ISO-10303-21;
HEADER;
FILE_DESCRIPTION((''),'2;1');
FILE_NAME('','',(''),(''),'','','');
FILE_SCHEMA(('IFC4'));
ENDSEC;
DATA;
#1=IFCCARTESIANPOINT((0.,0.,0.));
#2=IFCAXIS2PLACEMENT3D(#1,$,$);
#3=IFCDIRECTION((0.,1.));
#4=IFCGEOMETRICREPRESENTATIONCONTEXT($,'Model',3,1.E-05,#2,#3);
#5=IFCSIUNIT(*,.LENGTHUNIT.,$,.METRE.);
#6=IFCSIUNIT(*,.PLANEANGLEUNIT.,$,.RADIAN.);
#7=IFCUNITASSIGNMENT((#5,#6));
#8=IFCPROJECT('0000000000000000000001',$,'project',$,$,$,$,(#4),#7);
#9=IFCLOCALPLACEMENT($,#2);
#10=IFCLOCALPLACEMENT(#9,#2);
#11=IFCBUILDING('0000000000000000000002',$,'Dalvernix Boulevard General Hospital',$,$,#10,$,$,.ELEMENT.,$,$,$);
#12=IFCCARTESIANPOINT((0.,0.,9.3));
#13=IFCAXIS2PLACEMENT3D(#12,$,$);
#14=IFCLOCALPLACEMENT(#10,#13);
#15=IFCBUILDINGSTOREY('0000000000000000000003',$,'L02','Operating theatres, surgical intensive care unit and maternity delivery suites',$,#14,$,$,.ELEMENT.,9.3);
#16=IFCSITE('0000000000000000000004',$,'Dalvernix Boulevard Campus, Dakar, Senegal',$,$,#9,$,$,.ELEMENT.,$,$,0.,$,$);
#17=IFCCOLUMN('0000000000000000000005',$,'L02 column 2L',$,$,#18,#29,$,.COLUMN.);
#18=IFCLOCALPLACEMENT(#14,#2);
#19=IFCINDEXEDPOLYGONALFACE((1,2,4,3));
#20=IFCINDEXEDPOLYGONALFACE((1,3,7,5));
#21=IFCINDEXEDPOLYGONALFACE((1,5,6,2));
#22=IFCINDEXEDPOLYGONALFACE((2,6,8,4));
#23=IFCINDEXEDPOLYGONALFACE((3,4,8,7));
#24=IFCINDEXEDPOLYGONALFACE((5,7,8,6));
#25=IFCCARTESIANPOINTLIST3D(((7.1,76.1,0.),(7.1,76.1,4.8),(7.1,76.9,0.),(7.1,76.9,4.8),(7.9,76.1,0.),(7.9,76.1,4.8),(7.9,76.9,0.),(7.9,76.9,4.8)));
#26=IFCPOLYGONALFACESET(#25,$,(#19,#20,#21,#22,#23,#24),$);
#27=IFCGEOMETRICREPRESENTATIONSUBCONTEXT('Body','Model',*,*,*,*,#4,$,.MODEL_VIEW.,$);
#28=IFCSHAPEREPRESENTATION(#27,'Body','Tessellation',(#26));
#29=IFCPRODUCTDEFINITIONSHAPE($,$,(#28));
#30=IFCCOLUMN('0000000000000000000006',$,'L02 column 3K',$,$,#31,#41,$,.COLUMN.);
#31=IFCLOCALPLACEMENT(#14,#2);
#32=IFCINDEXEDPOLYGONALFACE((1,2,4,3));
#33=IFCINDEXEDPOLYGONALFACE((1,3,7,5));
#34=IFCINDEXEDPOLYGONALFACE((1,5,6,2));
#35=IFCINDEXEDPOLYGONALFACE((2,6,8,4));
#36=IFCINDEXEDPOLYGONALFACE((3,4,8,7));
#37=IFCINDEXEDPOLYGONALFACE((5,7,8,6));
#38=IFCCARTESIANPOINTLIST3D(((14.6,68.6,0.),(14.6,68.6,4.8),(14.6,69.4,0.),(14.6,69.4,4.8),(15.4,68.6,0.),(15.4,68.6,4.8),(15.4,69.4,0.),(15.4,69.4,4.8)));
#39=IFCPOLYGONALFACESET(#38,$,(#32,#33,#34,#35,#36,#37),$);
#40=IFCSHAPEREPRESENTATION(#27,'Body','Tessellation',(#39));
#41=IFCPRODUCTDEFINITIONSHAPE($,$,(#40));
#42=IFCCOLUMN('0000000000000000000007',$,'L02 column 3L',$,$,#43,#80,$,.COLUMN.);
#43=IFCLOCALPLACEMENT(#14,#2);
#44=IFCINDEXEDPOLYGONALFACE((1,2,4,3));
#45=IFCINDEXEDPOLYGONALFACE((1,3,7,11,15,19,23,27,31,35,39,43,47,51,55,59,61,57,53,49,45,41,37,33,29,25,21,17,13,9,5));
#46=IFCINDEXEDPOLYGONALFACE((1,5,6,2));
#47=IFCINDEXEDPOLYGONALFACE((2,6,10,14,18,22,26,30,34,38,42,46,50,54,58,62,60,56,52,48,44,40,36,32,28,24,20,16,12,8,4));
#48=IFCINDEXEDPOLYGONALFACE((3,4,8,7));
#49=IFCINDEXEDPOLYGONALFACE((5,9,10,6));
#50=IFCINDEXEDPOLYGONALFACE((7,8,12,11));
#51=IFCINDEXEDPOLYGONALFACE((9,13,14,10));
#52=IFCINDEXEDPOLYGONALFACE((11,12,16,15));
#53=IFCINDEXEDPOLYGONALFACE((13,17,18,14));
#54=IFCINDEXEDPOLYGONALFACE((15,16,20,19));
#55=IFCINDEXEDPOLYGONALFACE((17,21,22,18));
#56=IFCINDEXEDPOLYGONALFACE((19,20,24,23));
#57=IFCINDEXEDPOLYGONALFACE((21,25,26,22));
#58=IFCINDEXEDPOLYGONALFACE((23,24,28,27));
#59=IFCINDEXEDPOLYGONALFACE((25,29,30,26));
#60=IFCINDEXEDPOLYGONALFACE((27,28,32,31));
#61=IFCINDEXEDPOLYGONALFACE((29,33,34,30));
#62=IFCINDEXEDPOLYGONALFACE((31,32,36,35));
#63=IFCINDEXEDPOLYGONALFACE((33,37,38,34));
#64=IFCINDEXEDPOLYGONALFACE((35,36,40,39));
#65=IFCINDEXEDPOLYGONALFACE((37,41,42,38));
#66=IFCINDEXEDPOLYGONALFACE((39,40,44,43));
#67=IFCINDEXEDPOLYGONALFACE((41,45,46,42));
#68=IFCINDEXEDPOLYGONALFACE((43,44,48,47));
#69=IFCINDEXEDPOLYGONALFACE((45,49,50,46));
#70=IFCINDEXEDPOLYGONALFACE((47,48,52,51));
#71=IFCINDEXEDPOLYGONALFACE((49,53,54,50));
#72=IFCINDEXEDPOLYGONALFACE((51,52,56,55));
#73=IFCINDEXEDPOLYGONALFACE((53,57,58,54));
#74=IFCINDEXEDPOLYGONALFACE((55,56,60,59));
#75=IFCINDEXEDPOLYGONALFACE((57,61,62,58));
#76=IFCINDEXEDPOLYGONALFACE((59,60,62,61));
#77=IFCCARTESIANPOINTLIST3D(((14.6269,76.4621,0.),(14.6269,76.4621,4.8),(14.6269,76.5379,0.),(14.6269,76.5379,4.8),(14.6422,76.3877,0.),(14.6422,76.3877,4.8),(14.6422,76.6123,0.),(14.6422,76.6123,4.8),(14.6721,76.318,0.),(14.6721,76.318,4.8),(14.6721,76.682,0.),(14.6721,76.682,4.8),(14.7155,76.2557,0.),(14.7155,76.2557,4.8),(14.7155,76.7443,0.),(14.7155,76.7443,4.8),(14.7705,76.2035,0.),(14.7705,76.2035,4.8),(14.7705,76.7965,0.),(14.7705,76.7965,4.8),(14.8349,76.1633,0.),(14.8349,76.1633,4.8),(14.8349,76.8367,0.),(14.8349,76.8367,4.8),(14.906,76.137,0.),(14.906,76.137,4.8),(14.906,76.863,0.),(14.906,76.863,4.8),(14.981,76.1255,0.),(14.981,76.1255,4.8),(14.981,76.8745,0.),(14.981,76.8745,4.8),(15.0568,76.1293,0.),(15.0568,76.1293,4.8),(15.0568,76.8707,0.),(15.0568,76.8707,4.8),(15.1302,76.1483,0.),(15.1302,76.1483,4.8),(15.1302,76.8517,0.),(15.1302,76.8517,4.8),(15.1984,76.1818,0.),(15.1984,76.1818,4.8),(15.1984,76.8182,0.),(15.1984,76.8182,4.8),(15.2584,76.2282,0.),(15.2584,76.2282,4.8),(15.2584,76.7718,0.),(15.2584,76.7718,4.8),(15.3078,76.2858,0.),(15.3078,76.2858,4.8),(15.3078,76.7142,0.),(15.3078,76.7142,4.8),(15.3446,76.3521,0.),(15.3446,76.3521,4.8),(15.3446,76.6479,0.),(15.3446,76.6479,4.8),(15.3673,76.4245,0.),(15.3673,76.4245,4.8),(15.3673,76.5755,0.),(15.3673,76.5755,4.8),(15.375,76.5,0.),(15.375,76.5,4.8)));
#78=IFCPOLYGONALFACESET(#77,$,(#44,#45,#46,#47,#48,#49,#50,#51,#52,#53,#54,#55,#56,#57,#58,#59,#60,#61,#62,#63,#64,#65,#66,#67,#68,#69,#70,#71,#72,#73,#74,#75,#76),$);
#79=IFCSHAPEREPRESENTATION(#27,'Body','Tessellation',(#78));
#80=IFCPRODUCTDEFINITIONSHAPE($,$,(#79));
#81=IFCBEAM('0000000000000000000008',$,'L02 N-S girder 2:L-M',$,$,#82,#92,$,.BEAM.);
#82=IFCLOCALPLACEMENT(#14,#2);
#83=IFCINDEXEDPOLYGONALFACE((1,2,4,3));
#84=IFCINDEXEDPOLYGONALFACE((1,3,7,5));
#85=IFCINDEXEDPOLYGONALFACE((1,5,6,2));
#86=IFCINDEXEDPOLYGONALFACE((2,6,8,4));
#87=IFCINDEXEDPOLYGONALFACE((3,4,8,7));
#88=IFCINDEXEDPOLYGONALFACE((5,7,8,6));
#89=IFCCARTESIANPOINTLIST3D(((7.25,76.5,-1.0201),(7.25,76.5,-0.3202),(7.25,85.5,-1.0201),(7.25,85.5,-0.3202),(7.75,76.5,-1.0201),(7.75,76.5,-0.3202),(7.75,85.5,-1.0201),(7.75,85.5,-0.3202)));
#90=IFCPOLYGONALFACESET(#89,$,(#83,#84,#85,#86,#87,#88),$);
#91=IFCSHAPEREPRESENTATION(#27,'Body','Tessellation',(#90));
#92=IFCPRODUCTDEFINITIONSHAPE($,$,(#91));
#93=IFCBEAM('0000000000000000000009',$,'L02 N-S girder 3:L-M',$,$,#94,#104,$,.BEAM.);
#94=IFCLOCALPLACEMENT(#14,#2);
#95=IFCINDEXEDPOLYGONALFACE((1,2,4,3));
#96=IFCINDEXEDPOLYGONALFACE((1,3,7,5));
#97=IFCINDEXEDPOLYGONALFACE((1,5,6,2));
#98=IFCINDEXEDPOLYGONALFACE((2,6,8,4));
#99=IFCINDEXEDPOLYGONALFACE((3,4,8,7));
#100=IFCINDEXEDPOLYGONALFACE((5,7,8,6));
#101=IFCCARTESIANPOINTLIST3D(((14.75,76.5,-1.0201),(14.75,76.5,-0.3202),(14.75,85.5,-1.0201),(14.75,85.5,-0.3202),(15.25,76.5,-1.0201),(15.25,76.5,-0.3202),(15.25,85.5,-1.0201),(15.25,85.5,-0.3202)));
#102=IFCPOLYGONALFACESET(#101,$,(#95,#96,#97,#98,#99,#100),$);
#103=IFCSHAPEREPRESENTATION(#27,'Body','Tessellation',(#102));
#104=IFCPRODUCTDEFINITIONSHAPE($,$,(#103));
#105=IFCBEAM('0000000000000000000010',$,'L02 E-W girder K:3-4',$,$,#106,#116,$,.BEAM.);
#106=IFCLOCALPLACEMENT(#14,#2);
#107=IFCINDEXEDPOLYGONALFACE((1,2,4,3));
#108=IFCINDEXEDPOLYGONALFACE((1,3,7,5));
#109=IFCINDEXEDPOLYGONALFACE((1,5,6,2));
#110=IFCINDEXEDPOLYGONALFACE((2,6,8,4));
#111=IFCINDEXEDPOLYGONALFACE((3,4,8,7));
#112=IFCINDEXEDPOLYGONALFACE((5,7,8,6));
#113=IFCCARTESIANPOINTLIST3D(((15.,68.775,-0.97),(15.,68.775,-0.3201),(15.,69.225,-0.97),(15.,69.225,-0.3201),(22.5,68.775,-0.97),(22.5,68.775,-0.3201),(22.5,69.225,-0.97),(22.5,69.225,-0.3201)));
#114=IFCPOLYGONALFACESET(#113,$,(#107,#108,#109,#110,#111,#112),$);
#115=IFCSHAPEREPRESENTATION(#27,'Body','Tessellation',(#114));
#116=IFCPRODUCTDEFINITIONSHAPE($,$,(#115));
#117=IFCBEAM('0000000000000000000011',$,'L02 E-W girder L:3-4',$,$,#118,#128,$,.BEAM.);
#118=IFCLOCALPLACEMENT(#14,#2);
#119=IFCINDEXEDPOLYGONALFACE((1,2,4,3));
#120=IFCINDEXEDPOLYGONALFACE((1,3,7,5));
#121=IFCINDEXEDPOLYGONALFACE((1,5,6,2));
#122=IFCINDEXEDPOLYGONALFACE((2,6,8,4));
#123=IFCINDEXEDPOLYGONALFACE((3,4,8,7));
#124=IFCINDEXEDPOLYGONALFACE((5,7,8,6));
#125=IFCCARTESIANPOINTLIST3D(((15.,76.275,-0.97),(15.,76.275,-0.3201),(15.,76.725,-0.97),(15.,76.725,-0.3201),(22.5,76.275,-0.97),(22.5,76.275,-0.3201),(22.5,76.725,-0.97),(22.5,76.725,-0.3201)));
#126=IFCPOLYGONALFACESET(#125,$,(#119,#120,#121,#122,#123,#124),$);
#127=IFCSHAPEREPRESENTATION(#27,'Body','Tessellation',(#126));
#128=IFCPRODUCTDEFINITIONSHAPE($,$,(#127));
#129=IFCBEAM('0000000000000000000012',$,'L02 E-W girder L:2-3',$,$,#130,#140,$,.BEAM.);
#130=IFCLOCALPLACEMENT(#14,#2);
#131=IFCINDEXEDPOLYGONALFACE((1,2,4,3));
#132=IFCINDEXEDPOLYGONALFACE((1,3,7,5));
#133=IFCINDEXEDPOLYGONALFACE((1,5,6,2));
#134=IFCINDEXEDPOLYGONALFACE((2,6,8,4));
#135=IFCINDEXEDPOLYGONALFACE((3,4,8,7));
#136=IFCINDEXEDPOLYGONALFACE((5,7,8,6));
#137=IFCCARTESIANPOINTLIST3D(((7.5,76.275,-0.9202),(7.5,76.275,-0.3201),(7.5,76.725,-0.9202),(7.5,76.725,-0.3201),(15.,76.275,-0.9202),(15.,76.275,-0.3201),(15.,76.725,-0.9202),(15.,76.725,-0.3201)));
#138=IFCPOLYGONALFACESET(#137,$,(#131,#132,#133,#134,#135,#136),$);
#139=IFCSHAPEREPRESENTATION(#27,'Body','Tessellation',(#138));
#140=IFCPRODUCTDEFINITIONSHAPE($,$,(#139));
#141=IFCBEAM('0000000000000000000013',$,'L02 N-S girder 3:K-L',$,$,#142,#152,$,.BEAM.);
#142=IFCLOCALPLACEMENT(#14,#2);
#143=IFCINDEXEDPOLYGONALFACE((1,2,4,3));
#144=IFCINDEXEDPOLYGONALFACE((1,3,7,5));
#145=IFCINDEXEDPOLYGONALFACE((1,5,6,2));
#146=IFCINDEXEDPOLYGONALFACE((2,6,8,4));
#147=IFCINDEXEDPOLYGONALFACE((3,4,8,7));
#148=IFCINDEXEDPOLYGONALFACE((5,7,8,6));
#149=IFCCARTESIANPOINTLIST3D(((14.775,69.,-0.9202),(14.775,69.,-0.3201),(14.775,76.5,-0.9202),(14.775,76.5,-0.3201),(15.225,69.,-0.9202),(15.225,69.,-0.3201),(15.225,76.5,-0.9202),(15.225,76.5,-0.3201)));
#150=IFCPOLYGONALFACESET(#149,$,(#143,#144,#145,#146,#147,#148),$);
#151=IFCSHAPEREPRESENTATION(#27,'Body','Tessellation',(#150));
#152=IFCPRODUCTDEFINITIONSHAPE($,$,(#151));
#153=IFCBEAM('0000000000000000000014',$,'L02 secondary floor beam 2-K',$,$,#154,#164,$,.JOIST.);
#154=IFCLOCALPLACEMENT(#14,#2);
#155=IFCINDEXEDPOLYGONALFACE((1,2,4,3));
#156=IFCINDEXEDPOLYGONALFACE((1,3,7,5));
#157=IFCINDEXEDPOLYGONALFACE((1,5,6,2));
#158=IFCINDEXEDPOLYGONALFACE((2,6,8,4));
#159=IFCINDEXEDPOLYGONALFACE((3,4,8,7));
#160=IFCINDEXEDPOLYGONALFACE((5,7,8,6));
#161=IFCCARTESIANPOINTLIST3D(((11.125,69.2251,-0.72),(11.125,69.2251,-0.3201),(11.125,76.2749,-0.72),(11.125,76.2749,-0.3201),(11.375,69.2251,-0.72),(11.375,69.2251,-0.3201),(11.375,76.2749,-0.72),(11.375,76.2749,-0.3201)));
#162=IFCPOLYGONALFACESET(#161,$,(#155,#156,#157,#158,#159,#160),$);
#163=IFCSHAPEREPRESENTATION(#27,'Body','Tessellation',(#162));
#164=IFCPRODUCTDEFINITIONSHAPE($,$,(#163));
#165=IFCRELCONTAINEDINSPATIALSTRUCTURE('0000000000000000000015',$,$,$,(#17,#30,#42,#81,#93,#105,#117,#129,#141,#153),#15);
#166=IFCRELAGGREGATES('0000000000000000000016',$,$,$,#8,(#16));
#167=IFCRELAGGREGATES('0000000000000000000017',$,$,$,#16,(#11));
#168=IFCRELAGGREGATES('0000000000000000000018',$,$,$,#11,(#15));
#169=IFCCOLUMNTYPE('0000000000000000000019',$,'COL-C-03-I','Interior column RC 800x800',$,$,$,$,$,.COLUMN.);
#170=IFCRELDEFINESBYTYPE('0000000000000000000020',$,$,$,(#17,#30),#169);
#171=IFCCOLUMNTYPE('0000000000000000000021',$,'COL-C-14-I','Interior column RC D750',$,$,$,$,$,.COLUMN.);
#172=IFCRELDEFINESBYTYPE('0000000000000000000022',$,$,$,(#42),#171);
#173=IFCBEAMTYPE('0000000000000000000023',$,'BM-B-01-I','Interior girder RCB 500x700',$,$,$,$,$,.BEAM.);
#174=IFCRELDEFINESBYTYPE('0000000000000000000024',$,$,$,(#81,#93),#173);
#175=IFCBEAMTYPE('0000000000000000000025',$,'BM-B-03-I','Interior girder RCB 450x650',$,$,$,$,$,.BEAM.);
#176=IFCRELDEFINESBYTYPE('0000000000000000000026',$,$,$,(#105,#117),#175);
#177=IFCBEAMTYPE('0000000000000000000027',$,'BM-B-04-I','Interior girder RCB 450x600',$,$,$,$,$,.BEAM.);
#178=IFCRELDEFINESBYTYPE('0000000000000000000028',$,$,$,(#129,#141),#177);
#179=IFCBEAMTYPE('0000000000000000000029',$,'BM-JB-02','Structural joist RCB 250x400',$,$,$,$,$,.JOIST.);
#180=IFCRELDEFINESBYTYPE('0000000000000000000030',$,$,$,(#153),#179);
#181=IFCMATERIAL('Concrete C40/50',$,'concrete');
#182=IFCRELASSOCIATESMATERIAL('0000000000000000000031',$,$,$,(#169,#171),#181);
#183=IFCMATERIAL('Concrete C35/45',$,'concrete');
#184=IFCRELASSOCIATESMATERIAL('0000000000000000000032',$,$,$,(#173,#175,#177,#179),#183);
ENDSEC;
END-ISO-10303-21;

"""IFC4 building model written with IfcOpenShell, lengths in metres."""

from ifc_helpers import new_model, si_unit, direction, frame, origin, origin_2d, place, context, subcontext, project, spatial, rectangle, circle, extrude, material, material_profile, profile_set, type_object, element, save


model = new_model("IFC4")

# Units and contexts
model_context = context("Model", 3, precision=1e-05, world=origin(), true_north=direction((0.0, 1.0)))
body_context = subcontext(model_context, "Body", "Model", "MODEL_VIEW")
ifc_project = project(units=[si_unit("LENGTHUNIT", "METRE"), si_unit("PLANEANGLEUNIT", "RADIAN")], contexts=[model_context])

# Site, building, storey
site_placement = place(None, origin())
site = spatial("IfcSite", under=ifc_project, at=site_placement, Name="Dalvernix Boulevard Campus, Dakar, Senegal", CompositionType="ELEMENT", RefElevation=0.0)
building_placement = place(site_placement, origin())
building = spatial("IfcBuilding", under=site, at=building_placement, Name="Dalvernix Boulevard General Hospital", CompositionType="ELEMENT")
storey_placement = place(building_placement, frame((0.0, 0.0, 9.3)))
storey = spatial("IfcBuildingStorey", under=building, at=storey_placement, Name="L02", Description="Operating theatres, surgical intensive care unit and maternity delivery suites", CompositionType="ELEMENT", Elevation=9.3)

# Columns
ifc_material_1 = material(Name="Concrete C40/50", Category="concrete")
ifc_material_profile_1 = material_profile(ifc_material_1, rectangle(XDim=0.8, YDim=0.8, at=origin_2d()), Name="RC 800x800")
ifc_profile_set_1 = profile_set([ifc_material_profile_1], Name="Concrete C40/50")
column_type_1 = type_object("IfcColumnType", Name="COL-C-03-I", Description="Interior column RC 800x800", PredefinedType="COLUMN", material=ifc_profile_set_1)
for number, where, z_axis, x_axis, name in (
    (1, (7.5, 76.5, 0.0), (0.0, 0.0, 1.0), (1.0, 0.0, 0.0), "L02 column 2L"),
    (2, (15.0, 69.0, 0.0), (0.0, 0.0, 1.0), (1.0, 0.0, 0.0), "L02 column 3K"),
):
    element("IfcColumn", number, at=place(storey_placement, frame(where, z_axis=z_axis, x_axis=x_axis)), inside=storey, type_object=column_type_1, Name=name, PredefinedType="COLUMN", context=body_context, shape_type="SweptSolid", body=[
        extrude(rectangle(XDim=0.8, YDim=0.8, at=origin_2d()), origin(), (0.0, 0.0, 1.0), 4.8),
    ])
ifc_material_profile_2 = material_profile(ifc_material_1, circle(Radius=0.375, at=origin_2d()), Name="RC D750")
ifc_profile_set_2 = profile_set([ifc_material_profile_2], Name="Concrete C40/50")
column_type_2 = type_object("IfcColumnType", Name="COL-C-14-I", Description="Interior column RC D750", PredefinedType="COLUMN", material=ifc_profile_set_2)
column_placement = place(storey_placement, frame((15.0, 76.5, 0.0), z_axis=(0.0, 0.0, 1.0), x_axis=(1.0, 0.0, 0.0)))
element("IfcColumn", 3, at=column_placement, inside=storey, type_object=column_type_2, Name="L02 column 3L", PredefinedType="COLUMN", context=body_context, shape_type="SweptSolid", body=[
    extrude(circle(Radius=0.375, at=origin_2d()), origin(), (0.0, 0.0, 1.0), 4.8),
])

# Beams
ifc_material_2 = material(Name="Concrete C35/45", Category="concrete")
ifc_material_profile_3 = material_profile(ifc_material_2, rectangle(XDim=0.5, YDim=0.7, at=origin_2d()), Name="RCB 500x700")
ifc_profile_set_3 = profile_set([ifc_material_profile_3], Name="Concrete C35/45")
beam_type_1 = type_object("IfcBeamType", Name="BM-B-01-I", Description="Interior girder RCB 500x700", PredefinedType="BEAM", material=ifc_profile_set_3)
for number, where, z_axis, x_axis, name in (
    (4, (7.5, 76.5, -0.6702), (0.0, 1.0, 0.0), (-1.0, 0.0, 0.0), "L02 N-S girder 2:L-M"),
    (5, (15.0, 76.5, -0.6702), (0.0, 1.0, 0.0), (-1.0, 0.0, 0.0), "L02 N-S girder 3:L-M"),
):
    element("IfcBeam", number, at=place(storey_placement, frame(where, z_axis=z_axis, x_axis=x_axis)), inside=storey, type_object=beam_type_1, Name=name, PredefinedType="BEAM", context=body_context, shape_type="SweptSolid", body=[
        extrude(rectangle(XDim=0.5, YDim=0.7, at=origin_2d()), origin(), (0.0, 0.0, 1.0), 9.0),
    ])
ifc_material_profile_4 = material_profile(ifc_material_2, rectangle(XDim=0.45, YDim=0.6499, at=origin_2d()), Name="RCB 450x650")
ifc_profile_set_4 = profile_set([ifc_material_profile_4], Name="Concrete C35/45")
beam_type_2 = type_object("IfcBeamType", Name="BM-B-03-I", Description="Interior girder RCB 450x650", PredefinedType="BEAM", material=ifc_profile_set_4)
for number, where, z_axis, x_axis, name in (
    (6, (15.0, 69.0, -0.645), (1.0, 0.0, 0.0), (0.0, 1.0, 0.0), "L02 E-W girder K:3-4"),
    (7, (15.0, 76.5, -0.645), (1.0, 0.0, 0.0), (0.0, 1.0, 0.0), "L02 E-W girder L:3-4"),
):
    element("IfcBeam", number, at=place(storey_placement, frame(where, z_axis=z_axis, x_axis=x_axis)), inside=storey, type_object=beam_type_2, Name=name, PredefinedType="BEAM", context=body_context, shape_type="SweptSolid", body=[
        extrude(rectangle(XDim=0.45, YDim=0.6499, at=origin_2d()), origin(), (0.0, 0.0, 1.0), 7.5),
    ])
ifc_material_profile_5 = material_profile(ifc_material_2, rectangle(XDim=0.45, YDim=0.6001, at=origin_2d()), Name="RCB 450x600")
ifc_profile_set_5 = profile_set([ifc_material_profile_5], Name="Concrete C35/45")
beam_type_3 = type_object("IfcBeamType", Name="BM-B-04-I", Description="Interior girder RCB 450x600", PredefinedType="BEAM", material=ifc_profile_set_5)
for number, where, z_axis, x_axis, name in (
    (8, (7.5, 76.5, -0.6201), (1.0, 0.0, 0.0), (0.0, 1.0, 0.0), "L02 E-W girder L:2-3"),
    (9, (15.0, 69.0, -0.6201), (0.0, 1.0, 0.0), (-1.0, 0.0, 0.0), "L02 N-S girder 3:K-L"),
):
    element("IfcBeam", number, at=place(storey_placement, frame(where, z_axis=z_axis, x_axis=x_axis)), inside=storey, type_object=beam_type_3, Name=name, PredefinedType="BEAM", context=body_context, shape_type="SweptSolid", body=[
        extrude(rectangle(XDim=0.45, YDim=0.6001, at=origin_2d()), origin(), (0.0, 0.0, 1.0), 7.5),
    ])
ifc_material_profile_6 = material_profile(ifc_material_2, rectangle(XDim=0.25, YDim=0.3999, at=origin_2d()), Name="RCB 250x400")
ifc_profile_set_6 = profile_set([ifc_material_profile_6], Name="Concrete C35/45")
beam_type_4 = type_object("IfcBeamType", Name="BM-JB-02", Description="Structural joist RCB 250x400", PredefinedType="JOIST", material=ifc_profile_set_6)
beam_placement = place(storey_placement, frame((11.25, 69.2251, -0.52), z_axis=(0.0, 1.0, 0.0), x_axis=(-1.0, 0.0, 0.0)))
element("IfcBeam", 10, at=beam_placement, inside=storey, type_object=beam_type_4, Name="L02 secondary floor beam 2-K", PredefinedType="JOIST", context=body_context, shape_type="SweptSolid", body=[
    extrude(rectangle(XDim=0.25, YDim=0.3999, at=origin_2d()), origin(), (0.0, 0.0, 1.0), 7.0498),
])

save(model, "model.ifc")
